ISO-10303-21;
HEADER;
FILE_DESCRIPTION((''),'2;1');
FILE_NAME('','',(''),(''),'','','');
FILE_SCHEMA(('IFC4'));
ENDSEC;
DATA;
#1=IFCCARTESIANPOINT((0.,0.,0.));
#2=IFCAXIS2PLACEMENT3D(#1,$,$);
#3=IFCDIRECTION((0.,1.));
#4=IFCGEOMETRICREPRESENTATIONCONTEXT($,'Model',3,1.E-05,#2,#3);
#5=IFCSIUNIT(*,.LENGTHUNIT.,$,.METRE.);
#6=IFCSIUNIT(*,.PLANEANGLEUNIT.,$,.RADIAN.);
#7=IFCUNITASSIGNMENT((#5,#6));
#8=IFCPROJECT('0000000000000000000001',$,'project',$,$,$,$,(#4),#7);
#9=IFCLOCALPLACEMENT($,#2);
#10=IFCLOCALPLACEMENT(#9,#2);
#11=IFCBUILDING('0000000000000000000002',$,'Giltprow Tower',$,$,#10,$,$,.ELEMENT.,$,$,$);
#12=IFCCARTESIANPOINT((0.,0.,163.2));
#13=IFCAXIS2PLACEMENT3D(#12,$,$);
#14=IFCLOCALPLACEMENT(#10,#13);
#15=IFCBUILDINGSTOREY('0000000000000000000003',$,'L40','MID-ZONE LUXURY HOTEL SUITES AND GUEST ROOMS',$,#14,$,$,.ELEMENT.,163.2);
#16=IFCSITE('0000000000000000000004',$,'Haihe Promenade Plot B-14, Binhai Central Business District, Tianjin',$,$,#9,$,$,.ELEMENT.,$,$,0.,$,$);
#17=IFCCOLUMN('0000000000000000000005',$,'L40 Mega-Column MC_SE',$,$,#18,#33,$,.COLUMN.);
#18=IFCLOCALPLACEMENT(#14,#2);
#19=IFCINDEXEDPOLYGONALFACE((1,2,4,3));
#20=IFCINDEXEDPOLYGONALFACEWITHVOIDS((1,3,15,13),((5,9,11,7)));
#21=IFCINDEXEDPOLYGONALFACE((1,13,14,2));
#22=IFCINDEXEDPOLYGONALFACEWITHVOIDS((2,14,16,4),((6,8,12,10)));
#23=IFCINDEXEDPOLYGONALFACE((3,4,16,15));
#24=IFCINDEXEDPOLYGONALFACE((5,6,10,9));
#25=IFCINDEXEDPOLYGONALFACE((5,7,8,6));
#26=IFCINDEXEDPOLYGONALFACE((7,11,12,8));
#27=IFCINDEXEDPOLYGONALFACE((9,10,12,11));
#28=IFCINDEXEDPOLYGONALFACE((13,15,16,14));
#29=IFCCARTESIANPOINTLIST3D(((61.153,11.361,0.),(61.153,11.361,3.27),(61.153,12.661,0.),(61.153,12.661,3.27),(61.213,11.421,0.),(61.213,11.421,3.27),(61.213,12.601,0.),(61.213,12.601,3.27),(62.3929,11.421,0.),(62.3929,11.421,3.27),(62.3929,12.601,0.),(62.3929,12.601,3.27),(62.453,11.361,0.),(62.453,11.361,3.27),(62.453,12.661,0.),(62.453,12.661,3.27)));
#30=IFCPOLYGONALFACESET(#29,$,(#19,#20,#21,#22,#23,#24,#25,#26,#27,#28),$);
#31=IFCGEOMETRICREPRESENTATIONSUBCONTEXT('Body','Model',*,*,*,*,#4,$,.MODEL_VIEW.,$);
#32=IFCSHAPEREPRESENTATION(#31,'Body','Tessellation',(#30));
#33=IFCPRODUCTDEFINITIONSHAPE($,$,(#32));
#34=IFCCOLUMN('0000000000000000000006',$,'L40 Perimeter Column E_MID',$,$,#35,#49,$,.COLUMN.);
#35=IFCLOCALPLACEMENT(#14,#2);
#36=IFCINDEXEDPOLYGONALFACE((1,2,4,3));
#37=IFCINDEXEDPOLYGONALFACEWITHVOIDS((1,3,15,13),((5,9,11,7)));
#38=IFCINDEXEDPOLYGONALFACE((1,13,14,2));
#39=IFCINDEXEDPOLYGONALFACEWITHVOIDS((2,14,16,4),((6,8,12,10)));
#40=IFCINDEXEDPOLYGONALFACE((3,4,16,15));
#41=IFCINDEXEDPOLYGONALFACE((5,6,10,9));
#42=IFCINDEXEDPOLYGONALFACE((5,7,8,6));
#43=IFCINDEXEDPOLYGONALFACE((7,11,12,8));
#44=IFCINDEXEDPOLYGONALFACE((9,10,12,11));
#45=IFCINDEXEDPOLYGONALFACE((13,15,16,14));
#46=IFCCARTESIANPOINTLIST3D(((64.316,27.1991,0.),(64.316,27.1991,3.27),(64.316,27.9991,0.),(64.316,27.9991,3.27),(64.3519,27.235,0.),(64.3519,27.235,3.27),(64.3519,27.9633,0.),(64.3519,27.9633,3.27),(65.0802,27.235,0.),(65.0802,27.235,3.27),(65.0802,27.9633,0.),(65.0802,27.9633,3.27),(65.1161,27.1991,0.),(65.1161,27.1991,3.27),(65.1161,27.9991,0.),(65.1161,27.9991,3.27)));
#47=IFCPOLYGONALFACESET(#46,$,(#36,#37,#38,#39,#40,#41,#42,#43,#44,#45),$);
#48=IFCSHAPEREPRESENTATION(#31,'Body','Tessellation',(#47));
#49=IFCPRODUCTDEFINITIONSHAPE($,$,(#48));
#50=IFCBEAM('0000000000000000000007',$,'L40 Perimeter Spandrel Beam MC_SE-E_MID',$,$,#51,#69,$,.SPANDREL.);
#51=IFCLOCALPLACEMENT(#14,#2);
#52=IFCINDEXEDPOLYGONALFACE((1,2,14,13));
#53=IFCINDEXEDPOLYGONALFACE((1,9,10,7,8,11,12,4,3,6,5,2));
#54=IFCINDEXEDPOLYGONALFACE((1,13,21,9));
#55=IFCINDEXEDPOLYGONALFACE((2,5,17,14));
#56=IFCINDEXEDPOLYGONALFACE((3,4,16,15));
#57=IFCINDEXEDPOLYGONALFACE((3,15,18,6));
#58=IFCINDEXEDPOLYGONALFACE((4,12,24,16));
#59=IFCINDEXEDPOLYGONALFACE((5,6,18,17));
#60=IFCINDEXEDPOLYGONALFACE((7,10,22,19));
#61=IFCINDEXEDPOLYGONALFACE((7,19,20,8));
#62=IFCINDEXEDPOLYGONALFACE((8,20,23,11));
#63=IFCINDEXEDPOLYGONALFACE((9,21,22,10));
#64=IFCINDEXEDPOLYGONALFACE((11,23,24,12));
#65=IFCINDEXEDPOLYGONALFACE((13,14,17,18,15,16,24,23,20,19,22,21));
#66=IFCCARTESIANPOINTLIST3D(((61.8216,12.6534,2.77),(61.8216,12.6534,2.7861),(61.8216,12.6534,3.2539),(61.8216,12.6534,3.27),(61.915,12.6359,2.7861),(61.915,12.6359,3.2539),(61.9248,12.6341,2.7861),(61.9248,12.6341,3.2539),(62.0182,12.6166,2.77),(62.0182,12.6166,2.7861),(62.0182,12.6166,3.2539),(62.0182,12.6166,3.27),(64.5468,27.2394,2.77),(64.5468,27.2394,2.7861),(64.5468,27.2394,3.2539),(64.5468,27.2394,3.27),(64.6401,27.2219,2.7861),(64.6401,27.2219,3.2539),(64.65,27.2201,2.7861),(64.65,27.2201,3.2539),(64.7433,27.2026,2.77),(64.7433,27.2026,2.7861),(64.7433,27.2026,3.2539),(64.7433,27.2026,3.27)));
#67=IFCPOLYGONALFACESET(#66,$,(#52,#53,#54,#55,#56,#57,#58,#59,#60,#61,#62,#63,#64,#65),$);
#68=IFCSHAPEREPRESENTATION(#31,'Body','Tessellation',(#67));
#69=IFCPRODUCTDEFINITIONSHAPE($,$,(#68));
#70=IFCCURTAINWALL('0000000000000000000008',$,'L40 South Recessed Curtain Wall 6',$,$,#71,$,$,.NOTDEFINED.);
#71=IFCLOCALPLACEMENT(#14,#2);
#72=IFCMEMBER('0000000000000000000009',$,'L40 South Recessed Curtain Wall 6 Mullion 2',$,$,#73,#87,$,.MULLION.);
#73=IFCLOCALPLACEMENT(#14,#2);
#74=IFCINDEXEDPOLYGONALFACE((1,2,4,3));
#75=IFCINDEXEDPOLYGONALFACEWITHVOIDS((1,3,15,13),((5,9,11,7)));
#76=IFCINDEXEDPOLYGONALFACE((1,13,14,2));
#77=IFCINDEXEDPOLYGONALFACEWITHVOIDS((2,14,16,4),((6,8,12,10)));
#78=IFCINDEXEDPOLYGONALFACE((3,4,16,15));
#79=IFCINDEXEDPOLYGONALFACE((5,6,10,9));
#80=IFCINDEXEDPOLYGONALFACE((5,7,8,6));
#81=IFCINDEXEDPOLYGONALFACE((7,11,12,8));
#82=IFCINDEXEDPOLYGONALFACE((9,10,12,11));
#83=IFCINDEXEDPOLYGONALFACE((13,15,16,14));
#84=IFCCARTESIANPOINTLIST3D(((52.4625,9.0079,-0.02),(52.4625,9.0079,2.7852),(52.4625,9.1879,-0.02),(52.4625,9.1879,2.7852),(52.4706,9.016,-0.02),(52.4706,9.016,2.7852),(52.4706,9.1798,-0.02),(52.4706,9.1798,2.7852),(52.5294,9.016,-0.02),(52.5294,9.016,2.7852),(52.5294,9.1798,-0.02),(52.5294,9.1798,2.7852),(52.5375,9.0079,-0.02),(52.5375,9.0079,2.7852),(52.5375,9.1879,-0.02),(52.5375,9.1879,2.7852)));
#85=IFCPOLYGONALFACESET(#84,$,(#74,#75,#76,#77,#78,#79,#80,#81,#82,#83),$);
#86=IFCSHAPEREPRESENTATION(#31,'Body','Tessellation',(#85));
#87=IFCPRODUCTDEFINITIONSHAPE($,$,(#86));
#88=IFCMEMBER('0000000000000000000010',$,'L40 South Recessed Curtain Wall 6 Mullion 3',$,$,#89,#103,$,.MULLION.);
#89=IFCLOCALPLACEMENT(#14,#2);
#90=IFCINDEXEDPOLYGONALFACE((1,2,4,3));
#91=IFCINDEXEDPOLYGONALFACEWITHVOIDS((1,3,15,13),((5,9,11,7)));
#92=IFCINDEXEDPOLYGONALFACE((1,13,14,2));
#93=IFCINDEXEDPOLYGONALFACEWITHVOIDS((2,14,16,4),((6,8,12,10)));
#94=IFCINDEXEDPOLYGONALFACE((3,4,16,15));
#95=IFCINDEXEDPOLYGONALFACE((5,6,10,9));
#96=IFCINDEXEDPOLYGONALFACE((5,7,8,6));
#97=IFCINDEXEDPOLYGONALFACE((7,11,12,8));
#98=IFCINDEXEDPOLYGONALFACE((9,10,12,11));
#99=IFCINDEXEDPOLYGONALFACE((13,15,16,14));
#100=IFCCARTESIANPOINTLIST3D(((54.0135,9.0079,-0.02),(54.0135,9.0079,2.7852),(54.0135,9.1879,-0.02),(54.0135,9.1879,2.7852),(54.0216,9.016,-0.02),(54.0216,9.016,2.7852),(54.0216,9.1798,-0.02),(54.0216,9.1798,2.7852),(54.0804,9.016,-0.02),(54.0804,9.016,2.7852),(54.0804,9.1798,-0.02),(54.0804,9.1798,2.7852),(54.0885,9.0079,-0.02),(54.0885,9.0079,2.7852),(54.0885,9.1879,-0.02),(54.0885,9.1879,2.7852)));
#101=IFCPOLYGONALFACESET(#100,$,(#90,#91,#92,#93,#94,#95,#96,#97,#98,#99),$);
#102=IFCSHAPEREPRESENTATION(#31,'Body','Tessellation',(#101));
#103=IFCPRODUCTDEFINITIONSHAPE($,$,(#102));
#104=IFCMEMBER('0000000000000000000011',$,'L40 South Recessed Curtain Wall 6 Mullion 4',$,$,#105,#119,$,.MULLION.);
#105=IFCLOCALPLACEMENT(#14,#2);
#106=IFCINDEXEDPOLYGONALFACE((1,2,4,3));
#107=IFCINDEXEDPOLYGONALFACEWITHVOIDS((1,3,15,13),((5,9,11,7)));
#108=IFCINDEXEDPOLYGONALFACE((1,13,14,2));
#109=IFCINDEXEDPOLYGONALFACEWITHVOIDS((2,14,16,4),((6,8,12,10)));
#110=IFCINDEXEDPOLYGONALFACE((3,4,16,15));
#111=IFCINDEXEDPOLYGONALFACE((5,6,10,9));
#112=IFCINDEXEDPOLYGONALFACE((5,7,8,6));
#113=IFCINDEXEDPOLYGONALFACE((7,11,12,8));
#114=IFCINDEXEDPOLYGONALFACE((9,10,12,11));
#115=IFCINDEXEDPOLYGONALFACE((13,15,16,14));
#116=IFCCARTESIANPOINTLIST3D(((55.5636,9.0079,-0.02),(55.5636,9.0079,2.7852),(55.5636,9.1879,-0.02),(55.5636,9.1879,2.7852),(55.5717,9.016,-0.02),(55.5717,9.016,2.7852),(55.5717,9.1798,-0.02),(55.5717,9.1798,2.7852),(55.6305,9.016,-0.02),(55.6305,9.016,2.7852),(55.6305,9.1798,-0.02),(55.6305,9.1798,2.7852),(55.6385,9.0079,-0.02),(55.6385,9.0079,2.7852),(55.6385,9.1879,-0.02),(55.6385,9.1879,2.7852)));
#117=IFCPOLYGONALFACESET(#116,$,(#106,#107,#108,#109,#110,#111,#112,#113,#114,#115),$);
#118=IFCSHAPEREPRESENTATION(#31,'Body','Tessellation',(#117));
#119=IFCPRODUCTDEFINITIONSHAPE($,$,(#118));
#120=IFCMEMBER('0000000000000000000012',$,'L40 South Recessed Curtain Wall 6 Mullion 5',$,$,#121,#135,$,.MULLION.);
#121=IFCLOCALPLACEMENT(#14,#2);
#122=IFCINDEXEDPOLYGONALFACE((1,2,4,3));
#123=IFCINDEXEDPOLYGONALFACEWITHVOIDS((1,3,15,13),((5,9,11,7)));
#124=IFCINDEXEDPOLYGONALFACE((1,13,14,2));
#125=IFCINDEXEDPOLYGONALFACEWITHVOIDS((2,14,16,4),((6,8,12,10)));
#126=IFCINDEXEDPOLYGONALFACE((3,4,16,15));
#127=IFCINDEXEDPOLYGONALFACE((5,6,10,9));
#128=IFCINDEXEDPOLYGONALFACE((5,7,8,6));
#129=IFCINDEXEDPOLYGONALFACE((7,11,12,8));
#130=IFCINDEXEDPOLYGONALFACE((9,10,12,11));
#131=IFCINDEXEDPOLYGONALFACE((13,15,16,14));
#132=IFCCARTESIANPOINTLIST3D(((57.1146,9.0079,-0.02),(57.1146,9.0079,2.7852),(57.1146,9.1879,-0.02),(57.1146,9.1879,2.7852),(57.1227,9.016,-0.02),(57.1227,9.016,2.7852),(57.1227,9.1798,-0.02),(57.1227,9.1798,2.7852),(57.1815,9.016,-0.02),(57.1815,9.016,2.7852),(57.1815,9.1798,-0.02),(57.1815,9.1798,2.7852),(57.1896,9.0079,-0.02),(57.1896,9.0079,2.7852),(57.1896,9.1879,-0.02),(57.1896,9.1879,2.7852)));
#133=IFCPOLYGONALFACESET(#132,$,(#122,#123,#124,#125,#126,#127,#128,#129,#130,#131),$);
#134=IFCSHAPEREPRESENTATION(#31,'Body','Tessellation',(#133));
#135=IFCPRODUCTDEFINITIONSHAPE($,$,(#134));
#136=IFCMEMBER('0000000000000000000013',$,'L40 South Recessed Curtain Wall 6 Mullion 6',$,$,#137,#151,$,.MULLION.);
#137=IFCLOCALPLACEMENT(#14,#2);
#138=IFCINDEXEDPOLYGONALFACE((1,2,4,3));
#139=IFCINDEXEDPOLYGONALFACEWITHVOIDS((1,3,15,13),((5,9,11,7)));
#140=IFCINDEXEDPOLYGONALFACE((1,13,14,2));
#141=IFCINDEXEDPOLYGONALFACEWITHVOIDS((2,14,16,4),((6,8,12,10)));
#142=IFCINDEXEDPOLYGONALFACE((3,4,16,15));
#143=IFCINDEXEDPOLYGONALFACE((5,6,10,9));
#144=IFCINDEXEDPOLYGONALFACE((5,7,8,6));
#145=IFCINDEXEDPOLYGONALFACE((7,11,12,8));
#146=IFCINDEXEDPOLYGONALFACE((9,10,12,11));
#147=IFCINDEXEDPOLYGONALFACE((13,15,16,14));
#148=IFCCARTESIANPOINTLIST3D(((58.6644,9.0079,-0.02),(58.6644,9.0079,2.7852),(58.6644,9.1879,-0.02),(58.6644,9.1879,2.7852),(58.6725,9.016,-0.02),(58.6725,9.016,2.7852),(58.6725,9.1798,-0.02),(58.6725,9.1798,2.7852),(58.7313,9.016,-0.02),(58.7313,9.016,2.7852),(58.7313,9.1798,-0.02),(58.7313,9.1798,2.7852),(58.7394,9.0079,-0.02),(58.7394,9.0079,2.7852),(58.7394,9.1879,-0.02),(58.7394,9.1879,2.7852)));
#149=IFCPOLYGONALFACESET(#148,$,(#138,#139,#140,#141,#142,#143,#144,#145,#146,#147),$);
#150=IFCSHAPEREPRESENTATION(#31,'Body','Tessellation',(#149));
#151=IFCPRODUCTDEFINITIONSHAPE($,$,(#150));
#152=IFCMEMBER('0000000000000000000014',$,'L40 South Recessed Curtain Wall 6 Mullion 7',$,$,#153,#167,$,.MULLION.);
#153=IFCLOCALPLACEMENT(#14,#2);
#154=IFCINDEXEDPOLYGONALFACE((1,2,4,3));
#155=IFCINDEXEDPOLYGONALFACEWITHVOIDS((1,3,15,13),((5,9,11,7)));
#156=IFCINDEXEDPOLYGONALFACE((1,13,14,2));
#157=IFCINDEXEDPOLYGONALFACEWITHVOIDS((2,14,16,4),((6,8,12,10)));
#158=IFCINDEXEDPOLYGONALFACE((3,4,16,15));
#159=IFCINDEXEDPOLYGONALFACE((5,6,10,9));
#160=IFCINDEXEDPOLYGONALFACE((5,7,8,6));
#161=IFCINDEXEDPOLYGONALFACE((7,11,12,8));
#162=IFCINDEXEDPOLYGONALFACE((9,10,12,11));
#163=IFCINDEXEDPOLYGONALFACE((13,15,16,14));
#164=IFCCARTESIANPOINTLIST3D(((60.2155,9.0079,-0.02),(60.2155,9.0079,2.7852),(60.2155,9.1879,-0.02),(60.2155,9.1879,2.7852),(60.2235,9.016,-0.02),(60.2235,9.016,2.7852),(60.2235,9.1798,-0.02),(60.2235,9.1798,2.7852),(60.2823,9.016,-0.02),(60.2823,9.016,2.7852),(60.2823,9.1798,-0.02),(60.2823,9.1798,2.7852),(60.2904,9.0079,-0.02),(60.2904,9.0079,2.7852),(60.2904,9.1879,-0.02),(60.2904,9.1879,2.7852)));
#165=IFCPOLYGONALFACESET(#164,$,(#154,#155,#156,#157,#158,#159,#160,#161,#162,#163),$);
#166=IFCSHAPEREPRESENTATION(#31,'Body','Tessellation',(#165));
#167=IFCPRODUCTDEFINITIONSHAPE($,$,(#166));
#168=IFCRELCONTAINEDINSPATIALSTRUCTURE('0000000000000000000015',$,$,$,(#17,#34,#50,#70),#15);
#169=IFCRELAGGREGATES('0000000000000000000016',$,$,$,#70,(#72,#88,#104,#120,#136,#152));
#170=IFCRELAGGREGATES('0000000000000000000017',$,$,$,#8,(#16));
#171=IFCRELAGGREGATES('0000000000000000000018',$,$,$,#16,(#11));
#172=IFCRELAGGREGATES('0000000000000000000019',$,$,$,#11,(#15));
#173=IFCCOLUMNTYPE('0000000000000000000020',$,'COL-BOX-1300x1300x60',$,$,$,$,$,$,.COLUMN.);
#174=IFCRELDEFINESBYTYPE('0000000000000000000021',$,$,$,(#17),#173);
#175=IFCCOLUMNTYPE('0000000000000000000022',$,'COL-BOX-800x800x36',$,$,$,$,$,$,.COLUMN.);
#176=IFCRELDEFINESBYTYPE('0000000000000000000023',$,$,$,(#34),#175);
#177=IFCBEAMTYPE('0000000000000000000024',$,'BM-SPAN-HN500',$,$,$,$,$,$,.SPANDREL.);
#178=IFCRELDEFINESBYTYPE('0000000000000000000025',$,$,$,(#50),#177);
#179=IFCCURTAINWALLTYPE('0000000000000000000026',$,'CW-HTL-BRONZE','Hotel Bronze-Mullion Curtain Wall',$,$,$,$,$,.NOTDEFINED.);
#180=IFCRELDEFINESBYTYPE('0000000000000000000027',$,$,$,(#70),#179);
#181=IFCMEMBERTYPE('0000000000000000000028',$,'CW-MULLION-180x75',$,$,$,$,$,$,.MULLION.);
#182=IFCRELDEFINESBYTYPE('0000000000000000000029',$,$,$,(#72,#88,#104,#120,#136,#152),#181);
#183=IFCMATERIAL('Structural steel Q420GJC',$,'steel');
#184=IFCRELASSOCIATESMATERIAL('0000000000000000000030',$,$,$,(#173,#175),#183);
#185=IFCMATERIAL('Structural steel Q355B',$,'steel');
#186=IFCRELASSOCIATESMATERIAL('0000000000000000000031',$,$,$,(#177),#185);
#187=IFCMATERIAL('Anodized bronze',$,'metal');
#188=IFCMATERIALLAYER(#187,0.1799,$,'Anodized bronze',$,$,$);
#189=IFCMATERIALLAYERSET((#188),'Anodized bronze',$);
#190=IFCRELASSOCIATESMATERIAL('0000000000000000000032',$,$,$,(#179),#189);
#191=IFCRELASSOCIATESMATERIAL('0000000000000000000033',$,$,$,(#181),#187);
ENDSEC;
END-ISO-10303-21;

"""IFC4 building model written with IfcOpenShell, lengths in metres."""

from ifc_helpers import new_model, si_unit, direction, frame, origin, origin_2d, place, context, subcontext, project, spatial, hollow_rectangle, i_section, extrude, source, transform, mapped, material, layer, layer_set, material_profile, profile_set, type_object, element, aggregate, save


model = new_model("IFC4")

# Units and contexts
model_context = context("Model", 3, precision=1e-05, world=origin(), true_north=direction((0.0, 1.0)))
body_context = subcontext(model_context, "Body", "Model", "MODEL_VIEW")
ifc_project = project(units=[si_unit("LENGTHUNIT", "METRE"), si_unit("PLANEANGLEUNIT", "RADIAN")], contexts=[model_context])

# Site, building, storey
site_placement = place(None, origin())
site = spatial("IfcSite", under=ifc_project, at=site_placement, Name="Haihe Promenade Plot B-14, Binhai Central Business District, Tianjin", CompositionType="ELEMENT", RefElevation=0.0)
building_placement = place(site_placement, origin())
building = spatial("IfcBuilding", under=site, at=building_placement, Name="Giltprow Tower", CompositionType="ELEMENT")
storey_placement = place(building_placement, frame((0.0, 0.0, 163.2)))
storey = spatial("IfcBuildingStorey", under=building, at=storey_placement, Name="L40", Description="MID-ZONE LUXURY HOTEL SUITES AND GUEST ROOMS", CompositionType="ELEMENT", Elevation=163.2)

# Columns
ifc_material_1 = material(Name="Structural steel Q420GJC", Category="steel")
ifc_material_profile_1 = material_profile(ifc_material_1, hollow_rectangle(XDim=1.3, YDim=1.3, WallThickness=0.0601, at=origin_2d()), Name="BOX 1300x1300x60")
ifc_profile_set_1 = profile_set([ifc_material_profile_1], Name="Structural steel Q420GJC")
column_type_1 = type_object("IfcColumnType", Name="COL-BOX-1300x1300x60", PredefinedType="COLUMN", material=ifc_profile_set_1)
shared_shape_1 = source(origin(), body_context, "Body", "SweptSolid", [
    extrude(hollow_rectangle(XDim=1.3, YDim=1.3, WallThickness=0.0601, at=origin_2d()), origin(), (0.0, 0.0, 1.0), 3.27),
])
column_1_placement = place(storey_placement, frame((61.803, 12.011, 0.0), z_axis=(0.0, 0.0, 1.0), x_axis=(1.0, 0.0, 0.0)))
element("IfcColumn", 1, at=column_1_placement, inside=storey, type_object=column_type_1, Name="L40 Mega-Column MC_SE", PredefinedType="COLUMN", context=body_context, shape_type="MappedRepresentation", body=[
    mapped(shared_shape_1, transform((0.0, 0.0, 0.0), x_axis=(1.0, 0.0, 0.0), y_axis=(0.0, 1.0, 0.0), z_axis=(0.0, 0.0, 1.0), scale=1.0)),
])
ifc_material_profile_2 = material_profile(ifc_material_1, hollow_rectangle(XDim=0.8, YDim=0.8, WallThickness=0.0359, at=origin_2d()), Name="BOX 800x800x36")
ifc_profile_set_2 = profile_set([ifc_material_profile_2], Name="Structural steel Q420GJC")
column_type_2 = type_object("IfcColumnType", Name="COL-BOX-800x800x36", PredefinedType="COLUMN", material=ifc_profile_set_2)
shared_shape_2 = source(origin(), body_context, "Body", "SweptSolid", [
    extrude(hollow_rectangle(XDim=0.8, YDim=0.8, WallThickness=0.0359, at=origin_2d()), origin(), (0.0, 0.0, 1.0), 3.27),
])
column_2_placement = place(storey_placement, frame((64.7161, 27.5991, 0.0), z_axis=(0.0, 0.0, 1.0), x_axis=(1.0, 0.0, 0.0)))
element("IfcColumn", 2, at=column_2_placement, inside=storey, type_object=column_type_2, Name="L40 Perimeter Column E_MID", PredefinedType="COLUMN", context=body_context, shape_type="MappedRepresentation", body=[
    mapped(shared_shape_2, transform((0.0, 0.0, 0.0), x_axis=(1.0, 0.0, 0.0), y_axis=(0.0, 1.0, 0.0), z_axis=(0.0, 0.0, 1.0), scale=1.0)),
])

# Beam
ifc_material_2 = material(Name="Structural steel Q355B", Category="steel")
ifc_material_profile_3 = material_profile(ifc_material_2, i_section(OverallWidth=0.2, OverallDepth=0.5, WebThickness=0.01, FlangeThickness=0.0161, at=origin_2d()), Name="HN 500x200x10x16")
ifc_profile_set_3 = profile_set([ifc_material_profile_3], Name="Structural steel Q355B")
beam_type = type_object("IfcBeamType", Name="BM-SPAN-HN500", PredefinedType="SPANDREL", material=ifc_profile_set_3)
shared_shape_3 = source(origin(), body_context, "Body", "SweptSolid", [
    extrude(i_section(OverallWidth=0.2, OverallDepth=0.5, WebThickness=0.01, FlangeThickness=0.0161, at=origin_2d()), origin(), (0.0, 0.0, 1.0), 14.8384),
])
beam_placement = place(storey_placement, frame((61.9199, 12.635, 3.02), z_axis=(0.183653, 0.982991, 0.0), x_axis=(-0.982991, 0.183653, 0.0)))
element("IfcBeam", 3, at=beam_placement, inside=storey, type_object=beam_type, Name="L40 Perimeter Spandrel Beam MC_SE-E_MID", PredefinedType="SPANDREL", context=body_context, shape_type="MappedRepresentation", body=[
    mapped(shared_shape_3, transform((0.0, 0.0, 0.0), x_axis=(1.0, 0.0, 0.0), y_axis=(0.0, 1.0, 0.0), z_axis=(0.0, 0.0, 1.0), scale=1.0)),
])

# Curtain wall, members
ifc_material_3 = material(Name="Anodized bronze", Category="metal")
ifc_layer_1 = layer(ifc_material_3, 0.1799, Name="Anodized bronze")
ifc_layer_set_1 = layer_set([ifc_layer_1], Name="Anodized bronze")
curtain_wall_type = type_object("IfcCurtainWallType", Name="CW-HTL-BRONZE", Description="Hotel Bronze-Mullion Curtain Wall", PredefinedType="NOTDEFINED", material=ifc_layer_set_1)
curtain_wall_placement = place(storey_placement, origin())
curtain_wall = element("IfcCurtainWall", 4, at=curtain_wall_placement, inside=storey, type_object=curtain_wall_type, Name="L40 South Recessed Curtain Wall 6", PredefinedType="NOTDEFINED")
ifc_material_profile_4 = material_profile(ifc_material_3, hollow_rectangle(XDim=0.075, YDim=0.1799, WallThickness=0.0081, at=origin_2d()), Name="RHS 180x75x8")
ifc_profile_set_4 = profile_set([ifc_material_profile_4], Name="Anodized bronze")
member_type_1 = type_object("IfcMemberType", Name="CW-MULLION-180x75", PredefinedType="MULLION", material=ifc_profile_set_4)
shared_shape_4 = source(origin(), body_context, "Body", "SweptSolid", [
    extrude(hollow_rectangle(XDim=0.075, YDim=0.1799, WallThickness=0.0081, at=origin_2d()), origin(), (0.0, 0.0, 1.0), 2.8052),
])
member_1_placement = place(storey_placement, frame((52.5, 9.0979, -0.02), z_axis=(0.0, 0.0, 1.0), x_axis=(1.0, 0.0, 0.0)))
member_1 = element("IfcMember", 5, at=member_1_placement, type_object=member_type_1, Name="L40 South Recessed Curtain Wall 6 Mullion 2", PredefinedType="MULLION", context=body_context, shape_type="MappedRepresentation", body=[
    mapped(shared_shape_4, transform((0.0, 0.0, 0.0), x_axis=(1.0, 0.0, 0.0), y_axis=(0.0, 1.0, 0.0), z_axis=(0.0, 0.0, 1.0), scale=1.0)),
])
member_2_placement = place(storey_placement, frame((54.051, 9.0979, -0.02), z_axis=(0.0, 0.0, 1.0), x_axis=(1.0, 0.0, 0.0)))
member_2 = element("IfcMember", 6, at=member_2_placement, type_object=member_type_1, Name="L40 South Recessed Curtain Wall 6 Mullion 3", PredefinedType="MULLION", context=body_context, shape_type="MappedRepresentation", body=[
    mapped(shared_shape_4, transform((0.0, 0.0, 0.0), x_axis=(1.0, 0.0, 0.0), y_axis=(0.0, 1.0, 0.0), z_axis=(0.0, 0.0, 1.0), scale=1.0)),
])
member_3_placement = place(storey_placement, frame((55.6011, 9.0979, -0.02), z_axis=(0.0, 0.0, 1.0), x_axis=(1.0, 0.0, 0.0)))
member_3 = element("IfcMember", 7, at=member_3_placement, type_object=member_type_1, Name="L40 South Recessed Curtain Wall 6 Mullion 4", PredefinedType="MULLION", context=body_context, shape_type="MappedRepresentation", body=[
    mapped(shared_shape_4, transform((0.0, 0.0, 0.0), x_axis=(1.0, 0.0, 0.0), y_axis=(0.0, 1.0, 0.0), z_axis=(0.0, 0.0, 1.0), scale=1.0)),
])
member_4_placement = place(storey_placement, frame((57.1521, 9.0979, -0.02), z_axis=(0.0, 0.0, 1.0), x_axis=(1.0, 0.0, 0.0)))
member_4 = element("IfcMember", 8, at=member_4_placement, type_object=member_type_1, Name="L40 South Recessed Curtain Wall 6 Mullion 5", PredefinedType="MULLION", context=body_context, shape_type="MappedRepresentation", body=[
    mapped(shared_shape_4, transform((0.0, 0.0, 0.0), x_axis=(1.0, 0.0, 0.0), y_axis=(0.0, 1.0, 0.0), z_axis=(0.0, 0.0, 1.0), scale=1.0)),
])
member_5_placement = place(storey_placement, frame((58.7019, 9.0979, -0.02), z_axis=(0.0, 0.0, 1.0), x_axis=(1.0, 0.0, 0.0)))
member_5 = element("IfcMember", 9, at=member_5_placement, type_object=member_type_1, Name="L40 South Recessed Curtain Wall 6 Mullion 6", PredefinedType="MULLION", context=body_context, shape_type="MappedRepresentation", body=[
    mapped(shared_shape_4, transform((0.0, 0.0, 0.0), x_axis=(1.0, 0.0, 0.0), y_axis=(0.0, 1.0, 0.0), z_axis=(0.0, 0.0, 1.0), scale=1.0)),
])
member_6_placement = place(storey_placement, frame((60.2529, 9.0979, -0.02), z_axis=(0.0, 0.0, 1.0), x_axis=(1.0, 0.0, 0.0)))
member_6 = element("IfcMember", 10, at=member_6_placement, type_object=member_type_1, Name="L40 South Recessed Curtain Wall 6 Mullion 7", PredefinedType="MULLION", context=body_context, shape_type="MappedRepresentation", body=[
    mapped(shared_shape_4, transform((0.0, 0.0, 0.0), x_axis=(1.0, 0.0, 0.0), y_axis=(0.0, 1.0, 0.0), z_axis=(0.0, 0.0, 1.0), scale=1.0)),
])
aggregate(curtain_wall, [member_1, member_2, member_3, member_4, member_5, member_6])

save(model, "model.ifc")
